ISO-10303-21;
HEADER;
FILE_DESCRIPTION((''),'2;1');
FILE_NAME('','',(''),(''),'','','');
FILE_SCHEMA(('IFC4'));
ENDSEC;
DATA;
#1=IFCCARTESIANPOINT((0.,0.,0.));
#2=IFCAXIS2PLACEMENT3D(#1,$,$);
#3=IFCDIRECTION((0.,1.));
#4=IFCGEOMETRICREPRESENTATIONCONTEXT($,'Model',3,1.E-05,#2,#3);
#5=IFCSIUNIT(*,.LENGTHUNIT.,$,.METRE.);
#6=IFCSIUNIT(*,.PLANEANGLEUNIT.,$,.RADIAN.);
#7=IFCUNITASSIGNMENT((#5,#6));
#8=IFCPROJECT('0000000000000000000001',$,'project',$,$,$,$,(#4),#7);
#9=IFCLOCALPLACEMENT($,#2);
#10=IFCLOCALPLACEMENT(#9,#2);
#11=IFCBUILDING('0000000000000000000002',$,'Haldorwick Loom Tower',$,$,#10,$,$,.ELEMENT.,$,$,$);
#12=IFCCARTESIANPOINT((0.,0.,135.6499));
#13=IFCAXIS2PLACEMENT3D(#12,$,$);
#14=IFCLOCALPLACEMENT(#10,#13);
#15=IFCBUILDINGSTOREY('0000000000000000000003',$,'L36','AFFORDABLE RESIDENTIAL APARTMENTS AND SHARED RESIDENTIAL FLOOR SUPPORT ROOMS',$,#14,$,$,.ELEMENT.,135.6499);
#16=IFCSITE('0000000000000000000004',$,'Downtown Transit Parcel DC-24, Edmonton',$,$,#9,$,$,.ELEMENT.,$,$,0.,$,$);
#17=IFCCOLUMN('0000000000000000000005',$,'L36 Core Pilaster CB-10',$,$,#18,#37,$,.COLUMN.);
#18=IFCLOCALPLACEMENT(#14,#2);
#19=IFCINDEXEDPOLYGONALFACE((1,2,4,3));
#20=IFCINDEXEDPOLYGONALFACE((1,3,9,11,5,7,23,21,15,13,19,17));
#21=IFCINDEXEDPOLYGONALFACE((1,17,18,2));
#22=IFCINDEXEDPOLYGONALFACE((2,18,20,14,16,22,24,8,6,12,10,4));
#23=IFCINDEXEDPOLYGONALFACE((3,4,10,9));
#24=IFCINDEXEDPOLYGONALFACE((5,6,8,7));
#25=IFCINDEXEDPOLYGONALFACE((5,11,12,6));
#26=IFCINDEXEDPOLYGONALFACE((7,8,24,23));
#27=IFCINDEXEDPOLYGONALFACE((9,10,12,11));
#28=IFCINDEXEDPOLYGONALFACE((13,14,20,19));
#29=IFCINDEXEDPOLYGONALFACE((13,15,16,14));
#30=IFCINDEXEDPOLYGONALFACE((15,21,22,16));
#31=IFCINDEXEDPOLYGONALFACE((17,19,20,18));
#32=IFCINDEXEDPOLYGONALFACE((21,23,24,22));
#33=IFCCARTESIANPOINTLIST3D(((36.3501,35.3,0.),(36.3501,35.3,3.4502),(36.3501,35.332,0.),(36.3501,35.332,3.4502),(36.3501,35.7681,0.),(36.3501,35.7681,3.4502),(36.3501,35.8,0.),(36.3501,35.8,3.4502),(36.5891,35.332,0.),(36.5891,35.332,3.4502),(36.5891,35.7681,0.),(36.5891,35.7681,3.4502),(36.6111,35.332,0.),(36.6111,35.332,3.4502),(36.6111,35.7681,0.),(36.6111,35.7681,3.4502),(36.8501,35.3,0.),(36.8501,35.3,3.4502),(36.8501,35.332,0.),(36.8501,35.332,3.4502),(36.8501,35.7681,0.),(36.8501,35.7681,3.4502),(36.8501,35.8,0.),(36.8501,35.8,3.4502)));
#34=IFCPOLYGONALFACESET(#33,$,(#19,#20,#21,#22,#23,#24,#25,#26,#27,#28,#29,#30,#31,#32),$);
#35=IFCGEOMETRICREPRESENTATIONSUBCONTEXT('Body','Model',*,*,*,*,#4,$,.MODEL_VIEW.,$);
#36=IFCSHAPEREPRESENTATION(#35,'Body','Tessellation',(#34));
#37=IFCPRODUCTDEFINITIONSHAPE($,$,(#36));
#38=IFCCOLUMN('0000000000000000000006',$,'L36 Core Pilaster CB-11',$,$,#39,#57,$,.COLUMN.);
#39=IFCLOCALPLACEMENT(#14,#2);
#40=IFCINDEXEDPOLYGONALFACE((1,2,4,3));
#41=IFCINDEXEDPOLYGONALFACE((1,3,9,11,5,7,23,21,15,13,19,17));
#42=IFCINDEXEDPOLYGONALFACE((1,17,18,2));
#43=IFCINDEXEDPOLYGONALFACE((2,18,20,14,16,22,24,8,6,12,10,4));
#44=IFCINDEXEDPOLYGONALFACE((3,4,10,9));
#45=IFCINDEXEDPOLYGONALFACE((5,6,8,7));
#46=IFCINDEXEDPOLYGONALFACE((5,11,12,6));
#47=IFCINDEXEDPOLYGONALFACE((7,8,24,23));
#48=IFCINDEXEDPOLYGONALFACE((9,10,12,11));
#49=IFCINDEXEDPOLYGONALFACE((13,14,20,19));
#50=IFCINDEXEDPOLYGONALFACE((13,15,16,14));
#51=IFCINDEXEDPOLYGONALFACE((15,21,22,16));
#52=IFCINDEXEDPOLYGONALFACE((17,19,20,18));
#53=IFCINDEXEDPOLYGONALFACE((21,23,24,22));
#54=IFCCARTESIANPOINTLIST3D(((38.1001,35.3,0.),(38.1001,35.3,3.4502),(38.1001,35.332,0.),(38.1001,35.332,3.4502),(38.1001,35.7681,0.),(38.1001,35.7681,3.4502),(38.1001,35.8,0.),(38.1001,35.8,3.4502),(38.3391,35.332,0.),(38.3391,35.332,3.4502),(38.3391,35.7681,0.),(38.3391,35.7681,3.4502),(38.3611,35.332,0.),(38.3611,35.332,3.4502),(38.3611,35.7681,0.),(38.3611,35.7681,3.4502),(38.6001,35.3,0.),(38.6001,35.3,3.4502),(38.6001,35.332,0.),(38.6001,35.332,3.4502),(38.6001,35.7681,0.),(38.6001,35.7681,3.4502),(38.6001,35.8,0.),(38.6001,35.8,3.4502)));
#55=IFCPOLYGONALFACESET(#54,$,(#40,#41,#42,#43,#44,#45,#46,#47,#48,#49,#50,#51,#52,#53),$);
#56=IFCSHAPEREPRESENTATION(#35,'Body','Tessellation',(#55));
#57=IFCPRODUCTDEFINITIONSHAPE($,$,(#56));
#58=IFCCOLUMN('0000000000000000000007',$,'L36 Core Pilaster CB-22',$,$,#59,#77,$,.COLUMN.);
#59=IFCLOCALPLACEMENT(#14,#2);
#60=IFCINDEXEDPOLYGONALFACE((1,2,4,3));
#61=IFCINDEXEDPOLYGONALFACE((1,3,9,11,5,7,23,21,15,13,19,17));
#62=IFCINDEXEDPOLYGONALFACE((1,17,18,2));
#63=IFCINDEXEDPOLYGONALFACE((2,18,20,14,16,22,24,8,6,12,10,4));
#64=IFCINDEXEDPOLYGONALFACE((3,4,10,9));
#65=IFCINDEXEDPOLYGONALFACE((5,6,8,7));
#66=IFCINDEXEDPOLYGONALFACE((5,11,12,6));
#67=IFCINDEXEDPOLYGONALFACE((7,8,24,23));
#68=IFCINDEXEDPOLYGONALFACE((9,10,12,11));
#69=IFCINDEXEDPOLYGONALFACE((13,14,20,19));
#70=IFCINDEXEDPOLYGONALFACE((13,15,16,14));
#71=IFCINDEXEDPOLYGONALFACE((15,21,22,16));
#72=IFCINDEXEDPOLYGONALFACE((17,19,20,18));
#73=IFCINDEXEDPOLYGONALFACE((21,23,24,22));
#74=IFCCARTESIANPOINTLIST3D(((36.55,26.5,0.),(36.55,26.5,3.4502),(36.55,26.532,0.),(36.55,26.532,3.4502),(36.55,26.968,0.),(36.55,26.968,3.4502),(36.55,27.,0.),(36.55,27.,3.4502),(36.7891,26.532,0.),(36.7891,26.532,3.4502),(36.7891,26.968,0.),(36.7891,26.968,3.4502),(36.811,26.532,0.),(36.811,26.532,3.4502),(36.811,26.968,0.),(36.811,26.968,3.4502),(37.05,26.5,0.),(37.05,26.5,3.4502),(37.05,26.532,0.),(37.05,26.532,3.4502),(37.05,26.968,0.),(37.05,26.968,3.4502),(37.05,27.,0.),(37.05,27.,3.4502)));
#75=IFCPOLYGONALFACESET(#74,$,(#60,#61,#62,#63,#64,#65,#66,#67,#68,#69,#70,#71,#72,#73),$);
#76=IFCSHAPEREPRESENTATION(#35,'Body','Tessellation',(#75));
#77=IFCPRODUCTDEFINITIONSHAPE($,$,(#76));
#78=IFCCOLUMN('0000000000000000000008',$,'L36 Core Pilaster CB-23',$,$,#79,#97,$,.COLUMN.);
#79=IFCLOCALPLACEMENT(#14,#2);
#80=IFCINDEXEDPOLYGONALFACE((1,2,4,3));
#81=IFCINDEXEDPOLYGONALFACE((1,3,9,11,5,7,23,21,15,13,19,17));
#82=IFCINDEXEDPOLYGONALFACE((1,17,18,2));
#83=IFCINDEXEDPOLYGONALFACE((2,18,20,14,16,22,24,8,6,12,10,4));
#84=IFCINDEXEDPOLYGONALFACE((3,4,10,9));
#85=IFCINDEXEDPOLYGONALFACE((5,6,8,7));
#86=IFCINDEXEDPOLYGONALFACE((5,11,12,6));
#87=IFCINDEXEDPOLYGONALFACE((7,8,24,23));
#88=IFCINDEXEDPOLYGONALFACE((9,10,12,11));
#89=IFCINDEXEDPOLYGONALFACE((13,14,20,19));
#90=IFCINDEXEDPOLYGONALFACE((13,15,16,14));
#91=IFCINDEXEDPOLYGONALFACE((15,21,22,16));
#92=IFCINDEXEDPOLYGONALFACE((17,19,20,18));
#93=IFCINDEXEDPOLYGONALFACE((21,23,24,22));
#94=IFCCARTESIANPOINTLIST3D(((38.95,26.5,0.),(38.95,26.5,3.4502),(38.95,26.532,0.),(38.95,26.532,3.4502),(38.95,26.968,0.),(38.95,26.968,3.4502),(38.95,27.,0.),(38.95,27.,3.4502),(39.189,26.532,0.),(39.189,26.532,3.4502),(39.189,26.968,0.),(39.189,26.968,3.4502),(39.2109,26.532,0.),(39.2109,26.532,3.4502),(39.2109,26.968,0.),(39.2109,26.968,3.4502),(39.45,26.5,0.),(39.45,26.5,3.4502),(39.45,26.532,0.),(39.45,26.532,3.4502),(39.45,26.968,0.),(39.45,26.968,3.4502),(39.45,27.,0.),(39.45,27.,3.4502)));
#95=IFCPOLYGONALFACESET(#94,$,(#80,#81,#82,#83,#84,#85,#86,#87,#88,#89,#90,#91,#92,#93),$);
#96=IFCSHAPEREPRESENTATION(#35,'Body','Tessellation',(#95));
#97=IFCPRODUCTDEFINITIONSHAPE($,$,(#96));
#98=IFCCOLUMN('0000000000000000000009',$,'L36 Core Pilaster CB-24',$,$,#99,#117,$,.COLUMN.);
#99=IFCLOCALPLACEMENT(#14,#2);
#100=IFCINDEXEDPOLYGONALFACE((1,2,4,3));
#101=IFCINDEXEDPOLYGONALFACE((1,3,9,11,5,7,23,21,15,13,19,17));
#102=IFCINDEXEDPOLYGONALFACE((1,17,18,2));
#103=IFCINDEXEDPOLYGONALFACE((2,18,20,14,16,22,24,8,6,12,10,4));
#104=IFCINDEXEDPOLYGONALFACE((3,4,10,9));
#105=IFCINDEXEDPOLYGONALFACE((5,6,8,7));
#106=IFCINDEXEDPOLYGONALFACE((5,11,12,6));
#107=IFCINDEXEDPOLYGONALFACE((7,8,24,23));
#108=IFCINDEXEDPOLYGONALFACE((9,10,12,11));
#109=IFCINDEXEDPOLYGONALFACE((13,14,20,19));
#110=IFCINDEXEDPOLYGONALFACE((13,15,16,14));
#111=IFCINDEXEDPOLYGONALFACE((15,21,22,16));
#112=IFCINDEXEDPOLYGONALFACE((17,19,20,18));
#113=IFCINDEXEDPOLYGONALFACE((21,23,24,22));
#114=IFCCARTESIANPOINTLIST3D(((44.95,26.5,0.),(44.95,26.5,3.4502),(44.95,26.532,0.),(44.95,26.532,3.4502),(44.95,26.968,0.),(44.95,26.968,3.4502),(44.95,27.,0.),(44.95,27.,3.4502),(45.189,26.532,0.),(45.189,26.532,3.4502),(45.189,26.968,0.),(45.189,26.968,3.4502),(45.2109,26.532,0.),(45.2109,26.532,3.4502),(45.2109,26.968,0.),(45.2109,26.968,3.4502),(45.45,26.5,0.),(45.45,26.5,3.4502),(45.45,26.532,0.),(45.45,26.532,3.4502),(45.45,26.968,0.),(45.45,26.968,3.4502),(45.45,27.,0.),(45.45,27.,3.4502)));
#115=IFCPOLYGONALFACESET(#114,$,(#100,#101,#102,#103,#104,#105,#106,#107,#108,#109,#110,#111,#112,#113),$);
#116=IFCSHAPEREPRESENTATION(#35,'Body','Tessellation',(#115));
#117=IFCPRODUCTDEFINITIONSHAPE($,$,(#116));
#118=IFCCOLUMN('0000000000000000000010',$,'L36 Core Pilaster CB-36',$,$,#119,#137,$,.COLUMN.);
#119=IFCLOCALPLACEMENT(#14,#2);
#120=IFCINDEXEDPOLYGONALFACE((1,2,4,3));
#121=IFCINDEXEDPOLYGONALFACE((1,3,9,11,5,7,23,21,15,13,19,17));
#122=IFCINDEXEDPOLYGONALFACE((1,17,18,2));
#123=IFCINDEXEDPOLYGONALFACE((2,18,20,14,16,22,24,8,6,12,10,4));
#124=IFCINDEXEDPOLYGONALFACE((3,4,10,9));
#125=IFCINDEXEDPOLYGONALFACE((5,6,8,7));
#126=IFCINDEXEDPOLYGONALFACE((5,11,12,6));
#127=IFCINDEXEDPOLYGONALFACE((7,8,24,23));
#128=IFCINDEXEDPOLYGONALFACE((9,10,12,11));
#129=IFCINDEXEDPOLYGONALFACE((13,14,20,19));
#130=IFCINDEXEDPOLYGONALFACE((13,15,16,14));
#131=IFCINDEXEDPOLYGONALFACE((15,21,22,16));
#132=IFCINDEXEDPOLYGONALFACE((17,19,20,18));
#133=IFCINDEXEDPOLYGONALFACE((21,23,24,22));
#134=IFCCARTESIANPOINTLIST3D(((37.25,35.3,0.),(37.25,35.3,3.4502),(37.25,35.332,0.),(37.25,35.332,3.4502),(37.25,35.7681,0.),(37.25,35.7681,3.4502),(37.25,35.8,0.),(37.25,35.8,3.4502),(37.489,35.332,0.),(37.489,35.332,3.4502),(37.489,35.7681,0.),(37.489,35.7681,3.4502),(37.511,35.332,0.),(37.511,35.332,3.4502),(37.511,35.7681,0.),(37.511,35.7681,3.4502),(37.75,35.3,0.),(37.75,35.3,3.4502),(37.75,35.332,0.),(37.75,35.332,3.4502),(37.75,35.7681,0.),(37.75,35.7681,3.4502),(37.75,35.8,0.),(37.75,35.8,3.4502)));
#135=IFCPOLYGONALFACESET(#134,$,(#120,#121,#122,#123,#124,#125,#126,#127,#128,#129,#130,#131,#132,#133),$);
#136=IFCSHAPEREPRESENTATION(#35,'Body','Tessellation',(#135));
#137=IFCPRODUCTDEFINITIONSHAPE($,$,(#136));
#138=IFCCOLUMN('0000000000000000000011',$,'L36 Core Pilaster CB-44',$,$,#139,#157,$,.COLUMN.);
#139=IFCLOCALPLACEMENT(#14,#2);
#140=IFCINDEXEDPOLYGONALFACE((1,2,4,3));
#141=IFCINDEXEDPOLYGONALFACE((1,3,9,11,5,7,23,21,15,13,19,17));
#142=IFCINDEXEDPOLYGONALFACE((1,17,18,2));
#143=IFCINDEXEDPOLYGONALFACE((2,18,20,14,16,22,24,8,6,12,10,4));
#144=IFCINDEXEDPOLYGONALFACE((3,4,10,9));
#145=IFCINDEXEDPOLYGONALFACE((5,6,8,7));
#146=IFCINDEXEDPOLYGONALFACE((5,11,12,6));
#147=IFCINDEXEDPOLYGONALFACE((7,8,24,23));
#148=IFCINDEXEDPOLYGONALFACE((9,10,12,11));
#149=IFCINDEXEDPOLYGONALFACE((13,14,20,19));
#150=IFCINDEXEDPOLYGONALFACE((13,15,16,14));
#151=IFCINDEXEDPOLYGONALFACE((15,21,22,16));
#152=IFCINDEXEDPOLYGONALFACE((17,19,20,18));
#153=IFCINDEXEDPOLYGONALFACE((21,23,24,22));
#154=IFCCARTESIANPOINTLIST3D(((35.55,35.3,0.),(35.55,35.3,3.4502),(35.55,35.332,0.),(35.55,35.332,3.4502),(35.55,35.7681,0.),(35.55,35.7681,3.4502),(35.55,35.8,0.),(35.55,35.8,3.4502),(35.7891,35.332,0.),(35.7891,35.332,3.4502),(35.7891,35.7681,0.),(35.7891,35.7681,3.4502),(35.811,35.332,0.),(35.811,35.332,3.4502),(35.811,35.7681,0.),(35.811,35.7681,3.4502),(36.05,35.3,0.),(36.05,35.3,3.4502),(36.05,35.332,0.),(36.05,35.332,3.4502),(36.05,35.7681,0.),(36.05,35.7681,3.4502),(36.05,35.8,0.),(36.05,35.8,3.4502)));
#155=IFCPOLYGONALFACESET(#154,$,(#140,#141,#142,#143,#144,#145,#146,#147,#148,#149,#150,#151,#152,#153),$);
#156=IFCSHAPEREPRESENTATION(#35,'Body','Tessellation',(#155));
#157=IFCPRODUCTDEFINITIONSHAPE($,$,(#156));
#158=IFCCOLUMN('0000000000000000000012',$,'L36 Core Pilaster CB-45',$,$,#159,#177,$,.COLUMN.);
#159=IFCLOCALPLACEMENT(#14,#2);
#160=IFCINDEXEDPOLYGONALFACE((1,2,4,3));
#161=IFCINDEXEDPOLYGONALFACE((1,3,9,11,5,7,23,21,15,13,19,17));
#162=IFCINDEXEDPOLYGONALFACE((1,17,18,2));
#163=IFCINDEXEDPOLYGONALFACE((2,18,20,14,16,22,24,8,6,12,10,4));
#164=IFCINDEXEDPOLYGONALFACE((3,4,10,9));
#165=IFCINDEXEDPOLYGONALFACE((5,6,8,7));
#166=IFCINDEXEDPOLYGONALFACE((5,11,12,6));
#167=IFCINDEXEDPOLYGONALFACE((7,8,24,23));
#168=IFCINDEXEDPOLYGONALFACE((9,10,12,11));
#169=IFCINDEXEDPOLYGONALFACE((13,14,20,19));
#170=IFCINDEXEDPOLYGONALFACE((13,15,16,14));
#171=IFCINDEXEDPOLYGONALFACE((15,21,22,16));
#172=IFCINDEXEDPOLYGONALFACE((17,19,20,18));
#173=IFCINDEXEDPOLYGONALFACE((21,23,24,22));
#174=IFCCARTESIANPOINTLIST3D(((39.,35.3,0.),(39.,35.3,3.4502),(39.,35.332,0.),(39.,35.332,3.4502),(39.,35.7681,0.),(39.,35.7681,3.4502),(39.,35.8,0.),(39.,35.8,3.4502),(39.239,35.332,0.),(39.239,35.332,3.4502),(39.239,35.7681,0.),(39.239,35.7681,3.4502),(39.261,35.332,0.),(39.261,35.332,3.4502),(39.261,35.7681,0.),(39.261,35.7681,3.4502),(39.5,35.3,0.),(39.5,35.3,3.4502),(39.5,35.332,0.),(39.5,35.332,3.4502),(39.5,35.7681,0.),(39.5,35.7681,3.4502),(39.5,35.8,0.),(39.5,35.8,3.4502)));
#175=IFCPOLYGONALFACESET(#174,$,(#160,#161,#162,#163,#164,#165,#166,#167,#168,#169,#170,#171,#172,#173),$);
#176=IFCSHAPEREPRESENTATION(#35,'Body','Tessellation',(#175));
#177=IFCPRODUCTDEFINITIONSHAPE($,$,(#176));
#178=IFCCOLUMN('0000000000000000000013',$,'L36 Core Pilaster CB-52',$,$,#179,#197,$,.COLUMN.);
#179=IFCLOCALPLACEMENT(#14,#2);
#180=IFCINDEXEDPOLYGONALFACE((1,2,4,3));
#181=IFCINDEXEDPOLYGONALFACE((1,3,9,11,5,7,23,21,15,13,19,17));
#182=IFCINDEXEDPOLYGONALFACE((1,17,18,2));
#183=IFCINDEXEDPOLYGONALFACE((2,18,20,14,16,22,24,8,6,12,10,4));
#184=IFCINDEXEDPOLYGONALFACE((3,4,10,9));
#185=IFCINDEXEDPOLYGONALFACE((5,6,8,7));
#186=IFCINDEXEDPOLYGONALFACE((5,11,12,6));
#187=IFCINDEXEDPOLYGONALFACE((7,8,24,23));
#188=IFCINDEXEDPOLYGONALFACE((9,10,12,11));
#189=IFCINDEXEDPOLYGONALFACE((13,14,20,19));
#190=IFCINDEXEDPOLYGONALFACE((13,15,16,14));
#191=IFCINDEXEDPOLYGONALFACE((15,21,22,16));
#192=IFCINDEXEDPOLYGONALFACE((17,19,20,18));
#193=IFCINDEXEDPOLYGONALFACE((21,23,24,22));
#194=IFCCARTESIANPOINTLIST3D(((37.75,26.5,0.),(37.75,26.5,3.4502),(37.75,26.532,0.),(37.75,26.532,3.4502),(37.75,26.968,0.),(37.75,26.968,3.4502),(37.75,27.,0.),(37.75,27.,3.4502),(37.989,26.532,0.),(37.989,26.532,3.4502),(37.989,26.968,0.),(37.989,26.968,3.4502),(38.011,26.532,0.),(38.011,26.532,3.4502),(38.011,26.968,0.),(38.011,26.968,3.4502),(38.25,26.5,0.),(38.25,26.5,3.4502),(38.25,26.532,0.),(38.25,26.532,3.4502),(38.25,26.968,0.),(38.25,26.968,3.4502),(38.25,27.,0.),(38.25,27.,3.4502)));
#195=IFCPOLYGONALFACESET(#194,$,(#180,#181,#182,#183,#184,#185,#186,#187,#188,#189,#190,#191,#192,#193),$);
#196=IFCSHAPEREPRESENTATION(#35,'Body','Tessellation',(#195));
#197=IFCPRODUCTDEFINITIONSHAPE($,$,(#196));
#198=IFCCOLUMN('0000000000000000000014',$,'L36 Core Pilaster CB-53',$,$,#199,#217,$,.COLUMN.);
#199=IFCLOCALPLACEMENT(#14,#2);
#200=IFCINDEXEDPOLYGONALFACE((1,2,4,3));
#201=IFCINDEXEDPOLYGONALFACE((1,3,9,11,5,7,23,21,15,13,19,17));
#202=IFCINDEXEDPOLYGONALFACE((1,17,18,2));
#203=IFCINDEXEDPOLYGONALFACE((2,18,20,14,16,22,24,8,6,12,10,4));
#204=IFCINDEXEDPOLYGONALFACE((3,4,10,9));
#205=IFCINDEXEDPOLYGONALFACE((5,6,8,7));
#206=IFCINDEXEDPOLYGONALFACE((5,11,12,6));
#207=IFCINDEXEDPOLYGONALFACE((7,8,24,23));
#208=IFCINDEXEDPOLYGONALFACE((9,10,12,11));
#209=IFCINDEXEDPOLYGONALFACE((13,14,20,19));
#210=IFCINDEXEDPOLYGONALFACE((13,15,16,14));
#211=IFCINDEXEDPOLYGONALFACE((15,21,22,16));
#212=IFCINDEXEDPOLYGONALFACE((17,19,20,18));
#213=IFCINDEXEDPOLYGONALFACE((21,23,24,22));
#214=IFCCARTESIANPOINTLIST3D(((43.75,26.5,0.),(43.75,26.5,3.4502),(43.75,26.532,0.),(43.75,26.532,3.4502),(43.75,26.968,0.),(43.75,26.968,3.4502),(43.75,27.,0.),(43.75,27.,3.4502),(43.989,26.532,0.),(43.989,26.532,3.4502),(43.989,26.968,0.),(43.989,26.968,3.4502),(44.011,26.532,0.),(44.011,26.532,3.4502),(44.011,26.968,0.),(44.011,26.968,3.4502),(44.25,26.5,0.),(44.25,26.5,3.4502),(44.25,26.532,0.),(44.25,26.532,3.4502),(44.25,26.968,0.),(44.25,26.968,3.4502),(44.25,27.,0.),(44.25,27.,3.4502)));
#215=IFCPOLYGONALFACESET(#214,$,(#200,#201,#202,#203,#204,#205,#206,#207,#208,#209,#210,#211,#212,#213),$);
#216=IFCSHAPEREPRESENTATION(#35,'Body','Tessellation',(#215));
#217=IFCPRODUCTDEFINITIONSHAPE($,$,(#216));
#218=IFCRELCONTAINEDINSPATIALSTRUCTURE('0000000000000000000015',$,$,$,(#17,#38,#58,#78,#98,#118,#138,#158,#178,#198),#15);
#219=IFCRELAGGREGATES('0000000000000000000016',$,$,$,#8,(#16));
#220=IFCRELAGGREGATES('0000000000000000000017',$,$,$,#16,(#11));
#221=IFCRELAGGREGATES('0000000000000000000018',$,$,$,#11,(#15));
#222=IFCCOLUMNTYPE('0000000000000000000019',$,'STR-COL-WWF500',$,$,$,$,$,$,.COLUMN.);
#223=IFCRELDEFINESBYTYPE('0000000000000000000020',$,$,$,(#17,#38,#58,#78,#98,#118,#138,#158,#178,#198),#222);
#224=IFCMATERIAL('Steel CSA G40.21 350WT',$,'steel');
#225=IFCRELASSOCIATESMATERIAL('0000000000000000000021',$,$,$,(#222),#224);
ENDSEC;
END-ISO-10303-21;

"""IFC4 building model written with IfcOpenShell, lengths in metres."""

from ifc_helpers import new_model, si_unit, direction, frame, origin, origin_2d, place, context, subcontext, project, spatial, i_section, extrude, material, material_profile, profile_set, type_object, element, save


model = new_model("IFC4")

# Units and contexts
model_context = context("Model", 3, precision=1e-05, world=origin(), true_north=direction((0.0, 1.0)))
body_context = subcontext(model_context, "Body", "Model", "MODEL_VIEW")
ifc_project = project(units=[si_unit("LENGTHUNIT", "METRE"), si_unit("PLANEANGLEUNIT", "RADIAN")], contexts=[model_context])

# Site, building, storey
site_placement = place(None, origin())
site = spatial("IfcSite", under=ifc_project, at=site_placement, Name="Downtown Transit Parcel DC-24, Edmonton", CompositionType="ELEMENT", RefElevation=0.0)
building_placement = place(site_placement, origin())
building = spatial("IfcBuilding", under=site, at=building_placement, Name="Haldorwick Loom Tower", CompositionType="ELEMENT")
storey_placement = place(building_placement, frame((0.0, 0.0, 135.6499)))
storey = spatial("IfcBuildingStorey", under=building, at=storey_placement, Name="L36", Description="AFFORDABLE RESIDENTIAL APARTMENTS AND SHARED RESIDENTIAL FLOOR SUPPORT ROOMS", CompositionType="ELEMENT", Elevation=135.6499)

# Columns
ifc_material_1 = material(Name="Steel CSA G40.21 350WT", Category="steel")
ifc_material_profile_1 = material_profile(ifc_material_1, i_section(OverallWidth=0.5, OverallDepth=0.5, WebThickness=0.022, FlangeThickness=0.032, at=origin_2d()), Name="WWF500X500", Category="steel")
ifc_profile_set_1 = profile_set([ifc_material_profile_1], Name="Steel CSA G40.21 350WT")
column_type = type_object("IfcColumnType", Name="STR-COL-WWF500", PredefinedType="COLUMN", material=ifc_profile_set_1)
for number, where, z_axis, x_axis, name in (
    (1, (36.6001, 35.55, 0.0), (0.0, 0.0, 1.0), (1.0, 0.0, 0.0), "L36 Core Pilaster CB-10"),
    (2, (38.3501, 35.55, 0.0), (0.0, 0.0, 1.0), (1.0, 0.0, 0.0), "L36 Core Pilaster CB-11"),
    (3, (36.8, 26.75, 0.0), (0.0, 0.0, 1.0), (1.0, 0.0, 0.0), "L36 Core Pilaster CB-22"),
    (4, (39.2, 26.75, 0.0), (0.0, 0.0, 1.0), (1.0, 0.0, 0.0), "L36 Core Pilaster CB-23"),
    (5, (45.2, 26.75, 0.0), (0.0, 0.0, 1.0), (1.0, 0.0, 0.0), "L36 Core Pilaster CB-24"),
    (6, (37.5, 35.55, 0.0), (0.0, 0.0, 1.0), (1.0, 0.0, 0.0), "L36 Core Pilaster CB-36"),
    (7, (35.8, 35.55, 0.0), (0.0, 0.0, 1.0), (1.0, 0.0, 0.0), "L36 Core Pilaster CB-44"),
    (8, (39.25, 35.55, 0.0), (0.0, 0.0, 1.0), (1.0, 0.0, 0.0), "L36 Core Pilaster CB-45"),
    (9, (38.0, 26.75, 0.0), (0.0, 0.0, 1.0), (1.0, 0.0, 0.0), "L36 Core Pilaster CB-52"),
    (10, (44.0, 26.75, 0.0), (0.0, 0.0, 1.0), (1.0, 0.0, 0.0), "L36 Core Pilaster CB-53"),
):
    element("IfcColumn", number, at=place(storey_placement, frame(where, z_axis=z_axis, x_axis=x_axis)), inside=storey, type_object=column_type, Name=name, PredefinedType="COLUMN", context=body_context, shape_type="SweptSolid", body=[
        extrude(i_section(OverallWidth=0.5, OverallDepth=0.5, WebThickness=0.022, FlangeThickness=0.032, at=origin_2d()), origin(), (0.0, 0.0, 1.0), 3.4502),
    ])

save(model, "model.ifc")
